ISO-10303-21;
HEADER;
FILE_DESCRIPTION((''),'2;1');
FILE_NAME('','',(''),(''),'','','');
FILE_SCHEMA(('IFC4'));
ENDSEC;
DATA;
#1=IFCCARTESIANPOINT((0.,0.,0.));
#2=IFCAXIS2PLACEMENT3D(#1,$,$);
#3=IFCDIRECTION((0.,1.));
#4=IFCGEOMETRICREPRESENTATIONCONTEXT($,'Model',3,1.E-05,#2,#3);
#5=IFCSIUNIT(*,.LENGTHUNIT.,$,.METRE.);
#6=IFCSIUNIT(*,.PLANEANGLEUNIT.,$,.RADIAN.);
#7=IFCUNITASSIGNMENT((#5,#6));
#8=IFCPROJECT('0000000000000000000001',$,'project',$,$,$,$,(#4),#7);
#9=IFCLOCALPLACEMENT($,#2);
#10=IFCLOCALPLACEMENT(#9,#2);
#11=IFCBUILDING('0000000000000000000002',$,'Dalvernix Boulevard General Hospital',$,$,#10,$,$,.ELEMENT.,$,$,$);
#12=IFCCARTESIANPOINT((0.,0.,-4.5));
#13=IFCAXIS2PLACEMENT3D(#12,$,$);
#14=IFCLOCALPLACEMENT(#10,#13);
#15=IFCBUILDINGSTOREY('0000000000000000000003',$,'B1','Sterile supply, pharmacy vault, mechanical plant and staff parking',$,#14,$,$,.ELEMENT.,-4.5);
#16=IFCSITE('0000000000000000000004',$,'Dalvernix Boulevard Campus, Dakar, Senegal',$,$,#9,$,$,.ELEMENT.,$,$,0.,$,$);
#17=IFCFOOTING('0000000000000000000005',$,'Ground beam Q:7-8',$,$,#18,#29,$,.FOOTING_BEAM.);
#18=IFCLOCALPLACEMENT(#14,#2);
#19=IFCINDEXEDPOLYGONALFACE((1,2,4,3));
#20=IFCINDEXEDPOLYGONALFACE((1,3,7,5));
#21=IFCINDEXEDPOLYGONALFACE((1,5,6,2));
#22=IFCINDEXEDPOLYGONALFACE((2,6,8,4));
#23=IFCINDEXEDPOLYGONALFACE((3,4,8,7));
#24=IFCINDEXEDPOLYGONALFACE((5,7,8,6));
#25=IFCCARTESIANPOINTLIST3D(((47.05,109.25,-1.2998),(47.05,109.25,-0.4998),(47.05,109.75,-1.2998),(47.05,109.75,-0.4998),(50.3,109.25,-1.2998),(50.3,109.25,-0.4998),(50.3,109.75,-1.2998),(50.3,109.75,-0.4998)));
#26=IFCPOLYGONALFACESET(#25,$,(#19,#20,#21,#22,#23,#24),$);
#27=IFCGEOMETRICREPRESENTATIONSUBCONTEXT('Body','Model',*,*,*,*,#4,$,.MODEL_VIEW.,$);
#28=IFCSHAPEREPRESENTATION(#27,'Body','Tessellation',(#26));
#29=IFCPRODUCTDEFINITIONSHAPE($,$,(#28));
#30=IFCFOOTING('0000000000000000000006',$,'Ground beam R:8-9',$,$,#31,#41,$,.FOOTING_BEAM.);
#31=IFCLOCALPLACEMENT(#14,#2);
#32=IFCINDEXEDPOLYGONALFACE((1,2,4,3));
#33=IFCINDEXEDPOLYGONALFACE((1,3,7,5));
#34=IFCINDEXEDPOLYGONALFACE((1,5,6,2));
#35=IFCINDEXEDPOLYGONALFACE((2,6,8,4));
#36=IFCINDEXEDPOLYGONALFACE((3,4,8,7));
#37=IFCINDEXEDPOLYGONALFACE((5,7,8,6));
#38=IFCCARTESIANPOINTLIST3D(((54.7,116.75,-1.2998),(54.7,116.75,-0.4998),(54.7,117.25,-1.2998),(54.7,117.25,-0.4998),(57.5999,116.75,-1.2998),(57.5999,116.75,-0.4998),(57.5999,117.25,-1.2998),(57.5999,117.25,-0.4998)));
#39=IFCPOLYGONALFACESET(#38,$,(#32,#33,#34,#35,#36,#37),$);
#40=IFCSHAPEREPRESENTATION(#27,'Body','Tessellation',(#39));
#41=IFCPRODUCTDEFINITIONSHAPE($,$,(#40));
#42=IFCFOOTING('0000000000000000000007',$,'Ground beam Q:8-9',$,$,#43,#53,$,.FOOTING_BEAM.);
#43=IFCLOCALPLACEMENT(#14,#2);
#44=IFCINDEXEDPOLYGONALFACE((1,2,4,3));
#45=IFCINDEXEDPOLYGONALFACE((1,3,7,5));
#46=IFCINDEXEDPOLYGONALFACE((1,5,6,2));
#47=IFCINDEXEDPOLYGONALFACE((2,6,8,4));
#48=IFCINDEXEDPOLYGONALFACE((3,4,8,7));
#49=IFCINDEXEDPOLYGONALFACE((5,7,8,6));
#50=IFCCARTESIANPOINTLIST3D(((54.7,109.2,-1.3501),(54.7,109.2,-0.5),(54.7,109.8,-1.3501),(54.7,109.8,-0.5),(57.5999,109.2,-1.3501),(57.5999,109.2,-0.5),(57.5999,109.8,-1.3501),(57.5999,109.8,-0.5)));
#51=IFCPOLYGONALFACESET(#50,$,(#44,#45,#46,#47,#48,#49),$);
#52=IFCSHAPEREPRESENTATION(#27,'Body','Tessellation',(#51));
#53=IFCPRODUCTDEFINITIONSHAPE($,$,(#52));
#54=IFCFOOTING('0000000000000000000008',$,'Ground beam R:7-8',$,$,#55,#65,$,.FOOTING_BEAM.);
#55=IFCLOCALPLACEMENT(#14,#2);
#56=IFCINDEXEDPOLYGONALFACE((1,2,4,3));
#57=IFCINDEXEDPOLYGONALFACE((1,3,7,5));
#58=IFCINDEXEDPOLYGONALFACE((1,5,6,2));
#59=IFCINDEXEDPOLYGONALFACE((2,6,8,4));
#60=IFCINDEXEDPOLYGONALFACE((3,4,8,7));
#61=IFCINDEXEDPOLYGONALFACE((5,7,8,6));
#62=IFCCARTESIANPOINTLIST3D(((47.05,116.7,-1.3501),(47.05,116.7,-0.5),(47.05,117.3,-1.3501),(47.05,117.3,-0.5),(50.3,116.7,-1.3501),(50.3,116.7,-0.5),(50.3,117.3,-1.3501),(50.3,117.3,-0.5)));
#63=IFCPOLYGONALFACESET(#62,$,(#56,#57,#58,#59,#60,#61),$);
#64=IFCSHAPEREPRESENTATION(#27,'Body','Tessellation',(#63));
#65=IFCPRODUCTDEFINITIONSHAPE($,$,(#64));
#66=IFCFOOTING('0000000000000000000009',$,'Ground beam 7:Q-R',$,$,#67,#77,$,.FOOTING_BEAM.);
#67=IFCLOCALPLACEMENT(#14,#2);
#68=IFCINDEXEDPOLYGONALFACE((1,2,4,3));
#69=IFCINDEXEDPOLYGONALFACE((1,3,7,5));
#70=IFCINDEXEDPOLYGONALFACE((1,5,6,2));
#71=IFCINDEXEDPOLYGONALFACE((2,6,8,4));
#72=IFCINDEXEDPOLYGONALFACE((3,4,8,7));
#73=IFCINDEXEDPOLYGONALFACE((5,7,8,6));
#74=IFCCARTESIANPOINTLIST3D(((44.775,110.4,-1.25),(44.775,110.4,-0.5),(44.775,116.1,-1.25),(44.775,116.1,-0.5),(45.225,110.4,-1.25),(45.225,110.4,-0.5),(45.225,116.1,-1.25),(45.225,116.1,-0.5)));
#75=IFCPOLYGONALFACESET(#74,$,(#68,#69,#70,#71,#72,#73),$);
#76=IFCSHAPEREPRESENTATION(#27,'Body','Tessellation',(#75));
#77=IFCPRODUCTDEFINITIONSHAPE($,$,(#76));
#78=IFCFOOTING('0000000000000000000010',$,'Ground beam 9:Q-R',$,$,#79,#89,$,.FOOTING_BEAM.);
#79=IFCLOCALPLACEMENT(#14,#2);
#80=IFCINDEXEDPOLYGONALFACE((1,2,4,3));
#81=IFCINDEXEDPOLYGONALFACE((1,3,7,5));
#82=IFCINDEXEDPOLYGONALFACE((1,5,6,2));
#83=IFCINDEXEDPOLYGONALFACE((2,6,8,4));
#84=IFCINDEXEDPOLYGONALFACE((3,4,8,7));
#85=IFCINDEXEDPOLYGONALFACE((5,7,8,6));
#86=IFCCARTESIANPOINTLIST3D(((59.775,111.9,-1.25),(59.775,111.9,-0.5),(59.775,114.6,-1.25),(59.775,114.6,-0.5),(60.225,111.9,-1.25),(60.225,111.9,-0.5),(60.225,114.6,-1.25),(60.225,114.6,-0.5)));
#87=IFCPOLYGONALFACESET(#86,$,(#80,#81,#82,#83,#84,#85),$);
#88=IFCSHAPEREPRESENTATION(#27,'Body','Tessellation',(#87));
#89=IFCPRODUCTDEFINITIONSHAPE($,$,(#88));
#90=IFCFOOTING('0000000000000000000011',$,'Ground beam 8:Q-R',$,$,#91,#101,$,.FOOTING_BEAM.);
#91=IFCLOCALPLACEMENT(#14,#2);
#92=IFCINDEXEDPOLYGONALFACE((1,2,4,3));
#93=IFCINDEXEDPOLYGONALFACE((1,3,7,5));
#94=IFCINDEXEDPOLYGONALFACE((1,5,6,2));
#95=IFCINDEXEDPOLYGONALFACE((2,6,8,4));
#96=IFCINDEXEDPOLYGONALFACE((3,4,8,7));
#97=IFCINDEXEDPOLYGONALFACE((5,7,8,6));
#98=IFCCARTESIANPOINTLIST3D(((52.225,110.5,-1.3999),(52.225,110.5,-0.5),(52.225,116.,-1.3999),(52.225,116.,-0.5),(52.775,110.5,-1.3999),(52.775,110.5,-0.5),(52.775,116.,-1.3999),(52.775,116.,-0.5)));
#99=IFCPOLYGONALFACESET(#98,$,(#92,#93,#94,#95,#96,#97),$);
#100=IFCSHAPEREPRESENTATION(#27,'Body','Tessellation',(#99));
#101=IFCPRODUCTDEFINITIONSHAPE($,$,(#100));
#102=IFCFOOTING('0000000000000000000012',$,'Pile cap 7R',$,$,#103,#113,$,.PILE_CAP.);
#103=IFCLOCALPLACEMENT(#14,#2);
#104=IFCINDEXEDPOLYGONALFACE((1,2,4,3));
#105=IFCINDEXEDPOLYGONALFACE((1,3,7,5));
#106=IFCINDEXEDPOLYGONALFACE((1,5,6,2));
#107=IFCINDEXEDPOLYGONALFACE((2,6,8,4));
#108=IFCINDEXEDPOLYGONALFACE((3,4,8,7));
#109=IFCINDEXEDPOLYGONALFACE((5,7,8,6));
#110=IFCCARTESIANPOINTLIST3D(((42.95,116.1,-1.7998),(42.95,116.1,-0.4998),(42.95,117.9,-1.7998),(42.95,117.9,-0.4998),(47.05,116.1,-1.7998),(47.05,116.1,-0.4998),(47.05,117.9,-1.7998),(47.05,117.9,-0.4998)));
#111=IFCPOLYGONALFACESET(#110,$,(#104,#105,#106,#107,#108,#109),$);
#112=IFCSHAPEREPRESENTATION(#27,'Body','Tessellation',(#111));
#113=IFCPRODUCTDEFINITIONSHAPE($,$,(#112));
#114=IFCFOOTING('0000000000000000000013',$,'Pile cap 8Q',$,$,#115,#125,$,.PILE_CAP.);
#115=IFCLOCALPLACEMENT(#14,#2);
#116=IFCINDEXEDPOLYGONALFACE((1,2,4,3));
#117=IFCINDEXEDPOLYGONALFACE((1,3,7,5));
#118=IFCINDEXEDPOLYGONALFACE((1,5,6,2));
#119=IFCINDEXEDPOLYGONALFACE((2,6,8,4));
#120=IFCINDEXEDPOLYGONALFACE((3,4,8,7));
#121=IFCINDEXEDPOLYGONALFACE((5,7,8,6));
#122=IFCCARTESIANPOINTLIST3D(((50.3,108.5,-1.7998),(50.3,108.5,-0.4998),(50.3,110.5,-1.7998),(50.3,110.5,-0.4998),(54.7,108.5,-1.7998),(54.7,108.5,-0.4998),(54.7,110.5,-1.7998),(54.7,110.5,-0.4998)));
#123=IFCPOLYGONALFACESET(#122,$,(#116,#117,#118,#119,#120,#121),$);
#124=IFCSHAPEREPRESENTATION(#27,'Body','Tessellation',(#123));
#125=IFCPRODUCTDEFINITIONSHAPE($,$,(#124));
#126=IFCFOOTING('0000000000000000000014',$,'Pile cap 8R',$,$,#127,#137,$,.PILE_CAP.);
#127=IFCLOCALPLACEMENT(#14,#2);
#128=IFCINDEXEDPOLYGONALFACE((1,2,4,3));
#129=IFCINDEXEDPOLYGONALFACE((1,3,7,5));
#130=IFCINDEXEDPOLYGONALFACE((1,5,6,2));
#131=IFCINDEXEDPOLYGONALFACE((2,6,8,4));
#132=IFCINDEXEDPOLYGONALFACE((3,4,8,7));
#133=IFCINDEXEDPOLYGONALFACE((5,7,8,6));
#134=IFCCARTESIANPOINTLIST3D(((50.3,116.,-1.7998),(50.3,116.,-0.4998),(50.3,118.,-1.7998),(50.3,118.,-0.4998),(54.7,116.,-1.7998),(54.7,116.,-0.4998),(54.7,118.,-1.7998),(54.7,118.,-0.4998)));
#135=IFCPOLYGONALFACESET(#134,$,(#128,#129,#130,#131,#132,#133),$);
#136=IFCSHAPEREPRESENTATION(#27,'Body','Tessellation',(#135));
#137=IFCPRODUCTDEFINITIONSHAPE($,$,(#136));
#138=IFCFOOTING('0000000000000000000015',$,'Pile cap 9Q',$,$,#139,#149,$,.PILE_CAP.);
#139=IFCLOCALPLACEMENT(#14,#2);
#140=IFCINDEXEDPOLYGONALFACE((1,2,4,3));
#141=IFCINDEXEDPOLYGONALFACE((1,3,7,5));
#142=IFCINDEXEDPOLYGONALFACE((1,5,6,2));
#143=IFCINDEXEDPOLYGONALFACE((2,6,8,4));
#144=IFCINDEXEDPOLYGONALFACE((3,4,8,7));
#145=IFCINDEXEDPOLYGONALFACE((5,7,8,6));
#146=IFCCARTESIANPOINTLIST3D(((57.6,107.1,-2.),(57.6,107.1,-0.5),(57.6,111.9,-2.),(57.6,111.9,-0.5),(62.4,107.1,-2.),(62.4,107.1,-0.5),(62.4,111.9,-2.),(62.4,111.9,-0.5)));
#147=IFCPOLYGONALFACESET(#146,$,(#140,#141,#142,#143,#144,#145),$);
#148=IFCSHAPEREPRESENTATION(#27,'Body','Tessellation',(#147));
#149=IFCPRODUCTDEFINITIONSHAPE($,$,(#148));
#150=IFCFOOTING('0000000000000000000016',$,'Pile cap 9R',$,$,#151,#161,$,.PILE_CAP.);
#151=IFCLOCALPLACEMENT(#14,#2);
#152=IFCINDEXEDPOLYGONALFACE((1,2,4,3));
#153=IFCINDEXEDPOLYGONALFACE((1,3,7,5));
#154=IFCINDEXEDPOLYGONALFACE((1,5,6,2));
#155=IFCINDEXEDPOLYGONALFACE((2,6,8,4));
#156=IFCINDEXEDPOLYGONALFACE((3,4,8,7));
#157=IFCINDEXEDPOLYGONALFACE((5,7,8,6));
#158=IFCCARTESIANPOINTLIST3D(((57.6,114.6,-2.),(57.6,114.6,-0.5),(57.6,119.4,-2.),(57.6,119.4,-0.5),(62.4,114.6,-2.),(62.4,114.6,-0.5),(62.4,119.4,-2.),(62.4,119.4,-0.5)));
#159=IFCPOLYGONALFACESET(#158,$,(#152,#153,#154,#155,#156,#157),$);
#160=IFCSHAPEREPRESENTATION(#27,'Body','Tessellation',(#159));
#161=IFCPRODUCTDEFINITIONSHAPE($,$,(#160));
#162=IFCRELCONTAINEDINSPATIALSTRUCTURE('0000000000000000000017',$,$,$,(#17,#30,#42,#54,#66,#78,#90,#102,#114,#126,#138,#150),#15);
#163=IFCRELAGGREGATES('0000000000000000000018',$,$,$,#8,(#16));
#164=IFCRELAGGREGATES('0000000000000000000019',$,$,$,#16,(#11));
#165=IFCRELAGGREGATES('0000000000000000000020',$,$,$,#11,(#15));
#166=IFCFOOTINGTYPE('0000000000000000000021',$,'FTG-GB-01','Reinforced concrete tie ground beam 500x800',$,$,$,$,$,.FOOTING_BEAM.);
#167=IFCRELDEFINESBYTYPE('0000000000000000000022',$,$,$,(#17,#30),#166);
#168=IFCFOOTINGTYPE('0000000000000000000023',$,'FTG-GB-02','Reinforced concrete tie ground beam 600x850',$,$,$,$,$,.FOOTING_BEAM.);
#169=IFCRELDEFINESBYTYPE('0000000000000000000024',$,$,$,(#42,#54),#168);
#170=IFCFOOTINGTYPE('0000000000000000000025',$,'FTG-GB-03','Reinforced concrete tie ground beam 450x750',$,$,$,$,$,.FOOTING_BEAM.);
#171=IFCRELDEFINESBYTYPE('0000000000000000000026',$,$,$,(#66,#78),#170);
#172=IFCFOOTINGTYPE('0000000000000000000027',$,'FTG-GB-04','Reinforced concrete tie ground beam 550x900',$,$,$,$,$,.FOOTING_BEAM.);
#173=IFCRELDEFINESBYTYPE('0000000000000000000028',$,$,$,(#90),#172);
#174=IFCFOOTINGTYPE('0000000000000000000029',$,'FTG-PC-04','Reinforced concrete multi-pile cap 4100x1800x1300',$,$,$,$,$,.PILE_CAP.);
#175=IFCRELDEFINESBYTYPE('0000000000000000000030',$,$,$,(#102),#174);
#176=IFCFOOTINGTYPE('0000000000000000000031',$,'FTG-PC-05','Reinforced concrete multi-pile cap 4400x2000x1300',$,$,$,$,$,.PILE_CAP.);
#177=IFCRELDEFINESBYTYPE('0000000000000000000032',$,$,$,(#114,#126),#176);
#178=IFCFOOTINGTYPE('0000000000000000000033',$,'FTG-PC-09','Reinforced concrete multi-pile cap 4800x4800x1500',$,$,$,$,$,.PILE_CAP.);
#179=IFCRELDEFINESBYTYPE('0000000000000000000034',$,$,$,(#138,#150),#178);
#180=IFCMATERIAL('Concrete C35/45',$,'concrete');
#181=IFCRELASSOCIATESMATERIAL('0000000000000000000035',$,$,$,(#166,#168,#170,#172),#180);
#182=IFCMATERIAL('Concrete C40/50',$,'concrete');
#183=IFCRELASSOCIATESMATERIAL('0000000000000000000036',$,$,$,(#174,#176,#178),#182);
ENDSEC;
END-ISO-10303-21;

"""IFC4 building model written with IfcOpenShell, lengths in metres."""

from ifc_helpers import new_model, si_unit, direction, frame, origin, origin_2d, place, context, subcontext, project, spatial, rectangle, extrude, material, type_object, element, save


model = new_model("IFC4")

# Units and contexts
model_context = context("Model", 3, precision=1e-05, world=origin(), true_north=direction((0.0, 1.0)))
body_context = subcontext(model_context, "Body", "Model", "MODEL_VIEW")
ifc_project = project(units=[si_unit("LENGTHUNIT", "METRE"), si_unit("PLANEANGLEUNIT", "RADIAN")], contexts=[model_context])

# Site, building, storey
site_placement = place(None, origin())
site = spatial("IfcSite", under=ifc_project, at=site_placement, Name="Dalvernix Boulevard Campus, Dakar, Senegal", CompositionType="ELEMENT", RefElevation=0.0)
building_placement = place(site_placement, origin())
building = spatial("IfcBuilding", under=site, at=building_placement, Name="Dalvernix Boulevard General Hospital", CompositionType="ELEMENT")
storey_placement = place(building_placement, frame((0.0, 0.0, -4.5)))
storey = spatial("IfcBuildingStorey", under=building, at=storey_placement, Name="B1", Description="Sterile supply, pharmacy vault, mechanical plant and staff parking", CompositionType="ELEMENT", Elevation=-4.5)

# Footings
ifc_material_1 = material(Name="Concrete C35/45", Category="concrete")
footing_type_1 = type_object("IfcFootingType", Name="FTG-GB-01", Description="Reinforced concrete tie ground beam 500x800", PredefinedType="FOOTING_BEAM", material=ifc_material_1)
footing_1_placement = place(storey_placement, frame((48.675, 109.5, -1.2998), z_axis=(0.0, 0.0, 1.0), x_axis=(1.0, 0.0, 0.0)))
element("IfcFooting", 1, at=footing_1_placement, inside=storey, type_object=footing_type_1, Name="Ground beam Q:7-8", PredefinedType="FOOTING_BEAM", context=body_context, shape_type="SweptSolid", body=[
    extrude(rectangle(XDim=3.25, YDim=0.5, at=origin_2d()), origin(), (0.0, 0.0, 1.0), 0.8),
])
footing_2_placement = place(storey_placement, frame((56.1499, 117.0, -1.2998), z_axis=(0.0, 0.0, 1.0), x_axis=(1.0, 0.0, 0.0)))
element("IfcFooting", 2, at=footing_2_placement, inside=storey, type_object=footing_type_1, Name="Ground beam R:8-9", PredefinedType="FOOTING_BEAM", context=body_context, shape_type="SweptSolid", body=[
    extrude(rectangle(XDim=2.8999, YDim=0.5, at=origin_2d()), origin(), (0.0, 0.0, 1.0), 0.8),
])
footing_type_2 = type_object("IfcFootingType", Name="FTG-GB-02", Description="Reinforced concrete tie ground beam 600x850", PredefinedType="FOOTING_BEAM", material=ifc_material_1)
footing_3_placement = place(storey_placement, frame((56.1499, 109.5, -1.3501), z_axis=(0.0, 0.0, 1.0), x_axis=(1.0, 0.0, 0.0)))
element("IfcFooting", 3, at=footing_3_placement, inside=storey, type_object=footing_type_2, Name="Ground beam Q:8-9", PredefinedType="FOOTING_BEAM", context=body_context, shape_type="SweptSolid", body=[
    extrude(rectangle(XDim=2.8999, YDim=0.6001, at=origin_2d()), origin(), (0.0, 0.0, 1.0), 0.8501),
])
footing_4_placement = place(storey_placement, frame((48.675, 117.0, -1.3501), z_axis=(0.0, 0.0, 1.0), x_axis=(1.0, 0.0, 0.0)))
element("IfcFooting", 4, at=footing_4_placement, inside=storey, type_object=footing_type_2, Name="Ground beam R:7-8", PredefinedType="FOOTING_BEAM", context=body_context, shape_type="SweptSolid", body=[
    extrude(rectangle(XDim=3.25, YDim=0.6001, at=origin_2d()), origin(), (0.0, 0.0, 1.0), 0.8501),
])
footing_type_3 = type_object("IfcFootingType", Name="FTG-GB-03", Description="Reinforced concrete tie ground beam 450x750", PredefinedType="FOOTING_BEAM", material=ifc_material_1)
footing_5_placement = place(storey_placement, frame((45.0, 113.25, -1.25), z_axis=(0.0, 0.0, 1.0), x_axis=(0.0, 1.0, 0.0)))
element("IfcFooting", 5, at=footing_5_placement, inside=storey, type_object=footing_type_3, Name="Ground beam 7:Q-R", PredefinedType="FOOTING_BEAM", context=body_context, shape_type="SweptSolid", body=[
    extrude(rectangle(XDim=5.7, YDim=0.45, at=origin_2d()), origin(), (0.0, 0.0, 1.0), 0.75),
])
footing_6_placement = place(storey_placement, frame((60.0, 113.25, -1.25), z_axis=(0.0, 0.0, 1.0), x_axis=(0.0, 1.0, 0.0)))
element("IfcFooting", 6, at=footing_6_placement, inside=storey, type_object=footing_type_3, Name="Ground beam 9:Q-R", PredefinedType="FOOTING_BEAM", context=body_context, shape_type="SweptSolid", body=[
    extrude(rectangle(XDim=2.7, YDim=0.45, at=origin_2d()), origin(), (0.0, 0.0, 1.0), 0.75),
])
footing_type_4 = type_object("IfcFootingType", Name="FTG-GB-04", Description="Reinforced concrete tie ground beam 550x900", PredefinedType="FOOTING_BEAM", material=ifc_material_1)
footing_7_placement = place(storey_placement, frame((52.5, 113.25, -1.3999), z_axis=(0.0, 0.0, 1.0), x_axis=(0.0, 1.0, 0.0)))
element("IfcFooting", 7, at=footing_7_placement, inside=storey, type_object=footing_type_4, Name="Ground beam 8:Q-R", PredefinedType="FOOTING_BEAM", context=body_context, shape_type="SweptSolid", body=[
    extrude(rectangle(XDim=5.5, YDim=0.55, at=origin_2d()), origin(), (0.0, 0.0, 1.0), 0.8999),
])
ifc_material_2 = material(Name="Concrete C40/50", Category="concrete")
footing_type_5 = type_object("IfcFootingType", Name="FTG-PC-04", Description="Reinforced concrete multi-pile cap 4100x1800x1300", PredefinedType="PILE_CAP", material=ifc_material_2)
footing_8_placement = place(storey_placement, frame((45.0, 117.0, -1.7998), z_axis=(0.0, 0.0, 1.0), x_axis=(1.0, 0.0, 0.0)))
element("IfcFooting", 8, at=footing_8_placement, inside=storey, type_object=footing_type_5, Name="Pile cap 7R", PredefinedType="PILE_CAP", context=body_context, shape_type="SweptSolid", body=[
    extrude(rectangle(XDim=4.1001, YDim=1.8, at=origin_2d()), origin(), (0.0, 0.0, 1.0), 1.3),
])
footing_type_6 = type_object("IfcFootingType", Name="FTG-PC-05", Description="Reinforced concrete multi-pile cap 4400x2000x1300", PredefinedType="PILE_CAP", material=ifc_material_2)
for number, where, z_axis, x_axis, name in (
    (9, (52.5, 109.5, -1.7998), (0.0, 0.0, 1.0), (1.0, 0.0, 0.0), "Pile cap 8Q"),
    (10, (52.5, 117.0, -1.7998), (0.0, 0.0, 1.0), (1.0, 0.0, 0.0), "Pile cap 8R"),
):
    element("IfcFooting", number, at=place(storey_placement, frame(where, z_axis=z_axis, x_axis=x_axis)), inside=storey, type_object=footing_type_6, Name=name, PredefinedType="PILE_CAP", context=body_context, shape_type="SweptSolid", body=[
        extrude(rectangle(XDim=4.3999, YDim=2.0, at=origin_2d()), origin(), (0.0, 0.0, 1.0), 1.3),
    ])
footing_type_7 = type_object("IfcFootingType", Name="FTG-PC-09", Description="Reinforced concrete multi-pile cap 4800x4800x1500", PredefinedType="PILE_CAP", material=ifc_material_2)
for number, where, z_axis, x_axis, name in (
    (11, (60.0, 109.5, -2.0), (0.0, 0.0, 1.0), (1.0, 0.0, 0.0), "Pile cap 9Q"),
    (12, (60.0, 117.0, -2.0), (0.0, 0.0, 1.0), (1.0, 0.0, 0.0), "Pile cap 9R"),
):
    element("IfcFooting", number, at=place(storey_placement, frame(where, z_axis=z_axis, x_axis=x_axis)), inside=storey, type_object=footing_type_7, Name=name, PredefinedType="PILE_CAP", context=body_context, shape_type="SweptSolid", body=[
        extrude(rectangle(XDim=4.8, YDim=4.8, at=origin_2d()), origin(), (0.0, 0.0, 1.0), 1.5),
    ])

save(model, "model.ifc")
